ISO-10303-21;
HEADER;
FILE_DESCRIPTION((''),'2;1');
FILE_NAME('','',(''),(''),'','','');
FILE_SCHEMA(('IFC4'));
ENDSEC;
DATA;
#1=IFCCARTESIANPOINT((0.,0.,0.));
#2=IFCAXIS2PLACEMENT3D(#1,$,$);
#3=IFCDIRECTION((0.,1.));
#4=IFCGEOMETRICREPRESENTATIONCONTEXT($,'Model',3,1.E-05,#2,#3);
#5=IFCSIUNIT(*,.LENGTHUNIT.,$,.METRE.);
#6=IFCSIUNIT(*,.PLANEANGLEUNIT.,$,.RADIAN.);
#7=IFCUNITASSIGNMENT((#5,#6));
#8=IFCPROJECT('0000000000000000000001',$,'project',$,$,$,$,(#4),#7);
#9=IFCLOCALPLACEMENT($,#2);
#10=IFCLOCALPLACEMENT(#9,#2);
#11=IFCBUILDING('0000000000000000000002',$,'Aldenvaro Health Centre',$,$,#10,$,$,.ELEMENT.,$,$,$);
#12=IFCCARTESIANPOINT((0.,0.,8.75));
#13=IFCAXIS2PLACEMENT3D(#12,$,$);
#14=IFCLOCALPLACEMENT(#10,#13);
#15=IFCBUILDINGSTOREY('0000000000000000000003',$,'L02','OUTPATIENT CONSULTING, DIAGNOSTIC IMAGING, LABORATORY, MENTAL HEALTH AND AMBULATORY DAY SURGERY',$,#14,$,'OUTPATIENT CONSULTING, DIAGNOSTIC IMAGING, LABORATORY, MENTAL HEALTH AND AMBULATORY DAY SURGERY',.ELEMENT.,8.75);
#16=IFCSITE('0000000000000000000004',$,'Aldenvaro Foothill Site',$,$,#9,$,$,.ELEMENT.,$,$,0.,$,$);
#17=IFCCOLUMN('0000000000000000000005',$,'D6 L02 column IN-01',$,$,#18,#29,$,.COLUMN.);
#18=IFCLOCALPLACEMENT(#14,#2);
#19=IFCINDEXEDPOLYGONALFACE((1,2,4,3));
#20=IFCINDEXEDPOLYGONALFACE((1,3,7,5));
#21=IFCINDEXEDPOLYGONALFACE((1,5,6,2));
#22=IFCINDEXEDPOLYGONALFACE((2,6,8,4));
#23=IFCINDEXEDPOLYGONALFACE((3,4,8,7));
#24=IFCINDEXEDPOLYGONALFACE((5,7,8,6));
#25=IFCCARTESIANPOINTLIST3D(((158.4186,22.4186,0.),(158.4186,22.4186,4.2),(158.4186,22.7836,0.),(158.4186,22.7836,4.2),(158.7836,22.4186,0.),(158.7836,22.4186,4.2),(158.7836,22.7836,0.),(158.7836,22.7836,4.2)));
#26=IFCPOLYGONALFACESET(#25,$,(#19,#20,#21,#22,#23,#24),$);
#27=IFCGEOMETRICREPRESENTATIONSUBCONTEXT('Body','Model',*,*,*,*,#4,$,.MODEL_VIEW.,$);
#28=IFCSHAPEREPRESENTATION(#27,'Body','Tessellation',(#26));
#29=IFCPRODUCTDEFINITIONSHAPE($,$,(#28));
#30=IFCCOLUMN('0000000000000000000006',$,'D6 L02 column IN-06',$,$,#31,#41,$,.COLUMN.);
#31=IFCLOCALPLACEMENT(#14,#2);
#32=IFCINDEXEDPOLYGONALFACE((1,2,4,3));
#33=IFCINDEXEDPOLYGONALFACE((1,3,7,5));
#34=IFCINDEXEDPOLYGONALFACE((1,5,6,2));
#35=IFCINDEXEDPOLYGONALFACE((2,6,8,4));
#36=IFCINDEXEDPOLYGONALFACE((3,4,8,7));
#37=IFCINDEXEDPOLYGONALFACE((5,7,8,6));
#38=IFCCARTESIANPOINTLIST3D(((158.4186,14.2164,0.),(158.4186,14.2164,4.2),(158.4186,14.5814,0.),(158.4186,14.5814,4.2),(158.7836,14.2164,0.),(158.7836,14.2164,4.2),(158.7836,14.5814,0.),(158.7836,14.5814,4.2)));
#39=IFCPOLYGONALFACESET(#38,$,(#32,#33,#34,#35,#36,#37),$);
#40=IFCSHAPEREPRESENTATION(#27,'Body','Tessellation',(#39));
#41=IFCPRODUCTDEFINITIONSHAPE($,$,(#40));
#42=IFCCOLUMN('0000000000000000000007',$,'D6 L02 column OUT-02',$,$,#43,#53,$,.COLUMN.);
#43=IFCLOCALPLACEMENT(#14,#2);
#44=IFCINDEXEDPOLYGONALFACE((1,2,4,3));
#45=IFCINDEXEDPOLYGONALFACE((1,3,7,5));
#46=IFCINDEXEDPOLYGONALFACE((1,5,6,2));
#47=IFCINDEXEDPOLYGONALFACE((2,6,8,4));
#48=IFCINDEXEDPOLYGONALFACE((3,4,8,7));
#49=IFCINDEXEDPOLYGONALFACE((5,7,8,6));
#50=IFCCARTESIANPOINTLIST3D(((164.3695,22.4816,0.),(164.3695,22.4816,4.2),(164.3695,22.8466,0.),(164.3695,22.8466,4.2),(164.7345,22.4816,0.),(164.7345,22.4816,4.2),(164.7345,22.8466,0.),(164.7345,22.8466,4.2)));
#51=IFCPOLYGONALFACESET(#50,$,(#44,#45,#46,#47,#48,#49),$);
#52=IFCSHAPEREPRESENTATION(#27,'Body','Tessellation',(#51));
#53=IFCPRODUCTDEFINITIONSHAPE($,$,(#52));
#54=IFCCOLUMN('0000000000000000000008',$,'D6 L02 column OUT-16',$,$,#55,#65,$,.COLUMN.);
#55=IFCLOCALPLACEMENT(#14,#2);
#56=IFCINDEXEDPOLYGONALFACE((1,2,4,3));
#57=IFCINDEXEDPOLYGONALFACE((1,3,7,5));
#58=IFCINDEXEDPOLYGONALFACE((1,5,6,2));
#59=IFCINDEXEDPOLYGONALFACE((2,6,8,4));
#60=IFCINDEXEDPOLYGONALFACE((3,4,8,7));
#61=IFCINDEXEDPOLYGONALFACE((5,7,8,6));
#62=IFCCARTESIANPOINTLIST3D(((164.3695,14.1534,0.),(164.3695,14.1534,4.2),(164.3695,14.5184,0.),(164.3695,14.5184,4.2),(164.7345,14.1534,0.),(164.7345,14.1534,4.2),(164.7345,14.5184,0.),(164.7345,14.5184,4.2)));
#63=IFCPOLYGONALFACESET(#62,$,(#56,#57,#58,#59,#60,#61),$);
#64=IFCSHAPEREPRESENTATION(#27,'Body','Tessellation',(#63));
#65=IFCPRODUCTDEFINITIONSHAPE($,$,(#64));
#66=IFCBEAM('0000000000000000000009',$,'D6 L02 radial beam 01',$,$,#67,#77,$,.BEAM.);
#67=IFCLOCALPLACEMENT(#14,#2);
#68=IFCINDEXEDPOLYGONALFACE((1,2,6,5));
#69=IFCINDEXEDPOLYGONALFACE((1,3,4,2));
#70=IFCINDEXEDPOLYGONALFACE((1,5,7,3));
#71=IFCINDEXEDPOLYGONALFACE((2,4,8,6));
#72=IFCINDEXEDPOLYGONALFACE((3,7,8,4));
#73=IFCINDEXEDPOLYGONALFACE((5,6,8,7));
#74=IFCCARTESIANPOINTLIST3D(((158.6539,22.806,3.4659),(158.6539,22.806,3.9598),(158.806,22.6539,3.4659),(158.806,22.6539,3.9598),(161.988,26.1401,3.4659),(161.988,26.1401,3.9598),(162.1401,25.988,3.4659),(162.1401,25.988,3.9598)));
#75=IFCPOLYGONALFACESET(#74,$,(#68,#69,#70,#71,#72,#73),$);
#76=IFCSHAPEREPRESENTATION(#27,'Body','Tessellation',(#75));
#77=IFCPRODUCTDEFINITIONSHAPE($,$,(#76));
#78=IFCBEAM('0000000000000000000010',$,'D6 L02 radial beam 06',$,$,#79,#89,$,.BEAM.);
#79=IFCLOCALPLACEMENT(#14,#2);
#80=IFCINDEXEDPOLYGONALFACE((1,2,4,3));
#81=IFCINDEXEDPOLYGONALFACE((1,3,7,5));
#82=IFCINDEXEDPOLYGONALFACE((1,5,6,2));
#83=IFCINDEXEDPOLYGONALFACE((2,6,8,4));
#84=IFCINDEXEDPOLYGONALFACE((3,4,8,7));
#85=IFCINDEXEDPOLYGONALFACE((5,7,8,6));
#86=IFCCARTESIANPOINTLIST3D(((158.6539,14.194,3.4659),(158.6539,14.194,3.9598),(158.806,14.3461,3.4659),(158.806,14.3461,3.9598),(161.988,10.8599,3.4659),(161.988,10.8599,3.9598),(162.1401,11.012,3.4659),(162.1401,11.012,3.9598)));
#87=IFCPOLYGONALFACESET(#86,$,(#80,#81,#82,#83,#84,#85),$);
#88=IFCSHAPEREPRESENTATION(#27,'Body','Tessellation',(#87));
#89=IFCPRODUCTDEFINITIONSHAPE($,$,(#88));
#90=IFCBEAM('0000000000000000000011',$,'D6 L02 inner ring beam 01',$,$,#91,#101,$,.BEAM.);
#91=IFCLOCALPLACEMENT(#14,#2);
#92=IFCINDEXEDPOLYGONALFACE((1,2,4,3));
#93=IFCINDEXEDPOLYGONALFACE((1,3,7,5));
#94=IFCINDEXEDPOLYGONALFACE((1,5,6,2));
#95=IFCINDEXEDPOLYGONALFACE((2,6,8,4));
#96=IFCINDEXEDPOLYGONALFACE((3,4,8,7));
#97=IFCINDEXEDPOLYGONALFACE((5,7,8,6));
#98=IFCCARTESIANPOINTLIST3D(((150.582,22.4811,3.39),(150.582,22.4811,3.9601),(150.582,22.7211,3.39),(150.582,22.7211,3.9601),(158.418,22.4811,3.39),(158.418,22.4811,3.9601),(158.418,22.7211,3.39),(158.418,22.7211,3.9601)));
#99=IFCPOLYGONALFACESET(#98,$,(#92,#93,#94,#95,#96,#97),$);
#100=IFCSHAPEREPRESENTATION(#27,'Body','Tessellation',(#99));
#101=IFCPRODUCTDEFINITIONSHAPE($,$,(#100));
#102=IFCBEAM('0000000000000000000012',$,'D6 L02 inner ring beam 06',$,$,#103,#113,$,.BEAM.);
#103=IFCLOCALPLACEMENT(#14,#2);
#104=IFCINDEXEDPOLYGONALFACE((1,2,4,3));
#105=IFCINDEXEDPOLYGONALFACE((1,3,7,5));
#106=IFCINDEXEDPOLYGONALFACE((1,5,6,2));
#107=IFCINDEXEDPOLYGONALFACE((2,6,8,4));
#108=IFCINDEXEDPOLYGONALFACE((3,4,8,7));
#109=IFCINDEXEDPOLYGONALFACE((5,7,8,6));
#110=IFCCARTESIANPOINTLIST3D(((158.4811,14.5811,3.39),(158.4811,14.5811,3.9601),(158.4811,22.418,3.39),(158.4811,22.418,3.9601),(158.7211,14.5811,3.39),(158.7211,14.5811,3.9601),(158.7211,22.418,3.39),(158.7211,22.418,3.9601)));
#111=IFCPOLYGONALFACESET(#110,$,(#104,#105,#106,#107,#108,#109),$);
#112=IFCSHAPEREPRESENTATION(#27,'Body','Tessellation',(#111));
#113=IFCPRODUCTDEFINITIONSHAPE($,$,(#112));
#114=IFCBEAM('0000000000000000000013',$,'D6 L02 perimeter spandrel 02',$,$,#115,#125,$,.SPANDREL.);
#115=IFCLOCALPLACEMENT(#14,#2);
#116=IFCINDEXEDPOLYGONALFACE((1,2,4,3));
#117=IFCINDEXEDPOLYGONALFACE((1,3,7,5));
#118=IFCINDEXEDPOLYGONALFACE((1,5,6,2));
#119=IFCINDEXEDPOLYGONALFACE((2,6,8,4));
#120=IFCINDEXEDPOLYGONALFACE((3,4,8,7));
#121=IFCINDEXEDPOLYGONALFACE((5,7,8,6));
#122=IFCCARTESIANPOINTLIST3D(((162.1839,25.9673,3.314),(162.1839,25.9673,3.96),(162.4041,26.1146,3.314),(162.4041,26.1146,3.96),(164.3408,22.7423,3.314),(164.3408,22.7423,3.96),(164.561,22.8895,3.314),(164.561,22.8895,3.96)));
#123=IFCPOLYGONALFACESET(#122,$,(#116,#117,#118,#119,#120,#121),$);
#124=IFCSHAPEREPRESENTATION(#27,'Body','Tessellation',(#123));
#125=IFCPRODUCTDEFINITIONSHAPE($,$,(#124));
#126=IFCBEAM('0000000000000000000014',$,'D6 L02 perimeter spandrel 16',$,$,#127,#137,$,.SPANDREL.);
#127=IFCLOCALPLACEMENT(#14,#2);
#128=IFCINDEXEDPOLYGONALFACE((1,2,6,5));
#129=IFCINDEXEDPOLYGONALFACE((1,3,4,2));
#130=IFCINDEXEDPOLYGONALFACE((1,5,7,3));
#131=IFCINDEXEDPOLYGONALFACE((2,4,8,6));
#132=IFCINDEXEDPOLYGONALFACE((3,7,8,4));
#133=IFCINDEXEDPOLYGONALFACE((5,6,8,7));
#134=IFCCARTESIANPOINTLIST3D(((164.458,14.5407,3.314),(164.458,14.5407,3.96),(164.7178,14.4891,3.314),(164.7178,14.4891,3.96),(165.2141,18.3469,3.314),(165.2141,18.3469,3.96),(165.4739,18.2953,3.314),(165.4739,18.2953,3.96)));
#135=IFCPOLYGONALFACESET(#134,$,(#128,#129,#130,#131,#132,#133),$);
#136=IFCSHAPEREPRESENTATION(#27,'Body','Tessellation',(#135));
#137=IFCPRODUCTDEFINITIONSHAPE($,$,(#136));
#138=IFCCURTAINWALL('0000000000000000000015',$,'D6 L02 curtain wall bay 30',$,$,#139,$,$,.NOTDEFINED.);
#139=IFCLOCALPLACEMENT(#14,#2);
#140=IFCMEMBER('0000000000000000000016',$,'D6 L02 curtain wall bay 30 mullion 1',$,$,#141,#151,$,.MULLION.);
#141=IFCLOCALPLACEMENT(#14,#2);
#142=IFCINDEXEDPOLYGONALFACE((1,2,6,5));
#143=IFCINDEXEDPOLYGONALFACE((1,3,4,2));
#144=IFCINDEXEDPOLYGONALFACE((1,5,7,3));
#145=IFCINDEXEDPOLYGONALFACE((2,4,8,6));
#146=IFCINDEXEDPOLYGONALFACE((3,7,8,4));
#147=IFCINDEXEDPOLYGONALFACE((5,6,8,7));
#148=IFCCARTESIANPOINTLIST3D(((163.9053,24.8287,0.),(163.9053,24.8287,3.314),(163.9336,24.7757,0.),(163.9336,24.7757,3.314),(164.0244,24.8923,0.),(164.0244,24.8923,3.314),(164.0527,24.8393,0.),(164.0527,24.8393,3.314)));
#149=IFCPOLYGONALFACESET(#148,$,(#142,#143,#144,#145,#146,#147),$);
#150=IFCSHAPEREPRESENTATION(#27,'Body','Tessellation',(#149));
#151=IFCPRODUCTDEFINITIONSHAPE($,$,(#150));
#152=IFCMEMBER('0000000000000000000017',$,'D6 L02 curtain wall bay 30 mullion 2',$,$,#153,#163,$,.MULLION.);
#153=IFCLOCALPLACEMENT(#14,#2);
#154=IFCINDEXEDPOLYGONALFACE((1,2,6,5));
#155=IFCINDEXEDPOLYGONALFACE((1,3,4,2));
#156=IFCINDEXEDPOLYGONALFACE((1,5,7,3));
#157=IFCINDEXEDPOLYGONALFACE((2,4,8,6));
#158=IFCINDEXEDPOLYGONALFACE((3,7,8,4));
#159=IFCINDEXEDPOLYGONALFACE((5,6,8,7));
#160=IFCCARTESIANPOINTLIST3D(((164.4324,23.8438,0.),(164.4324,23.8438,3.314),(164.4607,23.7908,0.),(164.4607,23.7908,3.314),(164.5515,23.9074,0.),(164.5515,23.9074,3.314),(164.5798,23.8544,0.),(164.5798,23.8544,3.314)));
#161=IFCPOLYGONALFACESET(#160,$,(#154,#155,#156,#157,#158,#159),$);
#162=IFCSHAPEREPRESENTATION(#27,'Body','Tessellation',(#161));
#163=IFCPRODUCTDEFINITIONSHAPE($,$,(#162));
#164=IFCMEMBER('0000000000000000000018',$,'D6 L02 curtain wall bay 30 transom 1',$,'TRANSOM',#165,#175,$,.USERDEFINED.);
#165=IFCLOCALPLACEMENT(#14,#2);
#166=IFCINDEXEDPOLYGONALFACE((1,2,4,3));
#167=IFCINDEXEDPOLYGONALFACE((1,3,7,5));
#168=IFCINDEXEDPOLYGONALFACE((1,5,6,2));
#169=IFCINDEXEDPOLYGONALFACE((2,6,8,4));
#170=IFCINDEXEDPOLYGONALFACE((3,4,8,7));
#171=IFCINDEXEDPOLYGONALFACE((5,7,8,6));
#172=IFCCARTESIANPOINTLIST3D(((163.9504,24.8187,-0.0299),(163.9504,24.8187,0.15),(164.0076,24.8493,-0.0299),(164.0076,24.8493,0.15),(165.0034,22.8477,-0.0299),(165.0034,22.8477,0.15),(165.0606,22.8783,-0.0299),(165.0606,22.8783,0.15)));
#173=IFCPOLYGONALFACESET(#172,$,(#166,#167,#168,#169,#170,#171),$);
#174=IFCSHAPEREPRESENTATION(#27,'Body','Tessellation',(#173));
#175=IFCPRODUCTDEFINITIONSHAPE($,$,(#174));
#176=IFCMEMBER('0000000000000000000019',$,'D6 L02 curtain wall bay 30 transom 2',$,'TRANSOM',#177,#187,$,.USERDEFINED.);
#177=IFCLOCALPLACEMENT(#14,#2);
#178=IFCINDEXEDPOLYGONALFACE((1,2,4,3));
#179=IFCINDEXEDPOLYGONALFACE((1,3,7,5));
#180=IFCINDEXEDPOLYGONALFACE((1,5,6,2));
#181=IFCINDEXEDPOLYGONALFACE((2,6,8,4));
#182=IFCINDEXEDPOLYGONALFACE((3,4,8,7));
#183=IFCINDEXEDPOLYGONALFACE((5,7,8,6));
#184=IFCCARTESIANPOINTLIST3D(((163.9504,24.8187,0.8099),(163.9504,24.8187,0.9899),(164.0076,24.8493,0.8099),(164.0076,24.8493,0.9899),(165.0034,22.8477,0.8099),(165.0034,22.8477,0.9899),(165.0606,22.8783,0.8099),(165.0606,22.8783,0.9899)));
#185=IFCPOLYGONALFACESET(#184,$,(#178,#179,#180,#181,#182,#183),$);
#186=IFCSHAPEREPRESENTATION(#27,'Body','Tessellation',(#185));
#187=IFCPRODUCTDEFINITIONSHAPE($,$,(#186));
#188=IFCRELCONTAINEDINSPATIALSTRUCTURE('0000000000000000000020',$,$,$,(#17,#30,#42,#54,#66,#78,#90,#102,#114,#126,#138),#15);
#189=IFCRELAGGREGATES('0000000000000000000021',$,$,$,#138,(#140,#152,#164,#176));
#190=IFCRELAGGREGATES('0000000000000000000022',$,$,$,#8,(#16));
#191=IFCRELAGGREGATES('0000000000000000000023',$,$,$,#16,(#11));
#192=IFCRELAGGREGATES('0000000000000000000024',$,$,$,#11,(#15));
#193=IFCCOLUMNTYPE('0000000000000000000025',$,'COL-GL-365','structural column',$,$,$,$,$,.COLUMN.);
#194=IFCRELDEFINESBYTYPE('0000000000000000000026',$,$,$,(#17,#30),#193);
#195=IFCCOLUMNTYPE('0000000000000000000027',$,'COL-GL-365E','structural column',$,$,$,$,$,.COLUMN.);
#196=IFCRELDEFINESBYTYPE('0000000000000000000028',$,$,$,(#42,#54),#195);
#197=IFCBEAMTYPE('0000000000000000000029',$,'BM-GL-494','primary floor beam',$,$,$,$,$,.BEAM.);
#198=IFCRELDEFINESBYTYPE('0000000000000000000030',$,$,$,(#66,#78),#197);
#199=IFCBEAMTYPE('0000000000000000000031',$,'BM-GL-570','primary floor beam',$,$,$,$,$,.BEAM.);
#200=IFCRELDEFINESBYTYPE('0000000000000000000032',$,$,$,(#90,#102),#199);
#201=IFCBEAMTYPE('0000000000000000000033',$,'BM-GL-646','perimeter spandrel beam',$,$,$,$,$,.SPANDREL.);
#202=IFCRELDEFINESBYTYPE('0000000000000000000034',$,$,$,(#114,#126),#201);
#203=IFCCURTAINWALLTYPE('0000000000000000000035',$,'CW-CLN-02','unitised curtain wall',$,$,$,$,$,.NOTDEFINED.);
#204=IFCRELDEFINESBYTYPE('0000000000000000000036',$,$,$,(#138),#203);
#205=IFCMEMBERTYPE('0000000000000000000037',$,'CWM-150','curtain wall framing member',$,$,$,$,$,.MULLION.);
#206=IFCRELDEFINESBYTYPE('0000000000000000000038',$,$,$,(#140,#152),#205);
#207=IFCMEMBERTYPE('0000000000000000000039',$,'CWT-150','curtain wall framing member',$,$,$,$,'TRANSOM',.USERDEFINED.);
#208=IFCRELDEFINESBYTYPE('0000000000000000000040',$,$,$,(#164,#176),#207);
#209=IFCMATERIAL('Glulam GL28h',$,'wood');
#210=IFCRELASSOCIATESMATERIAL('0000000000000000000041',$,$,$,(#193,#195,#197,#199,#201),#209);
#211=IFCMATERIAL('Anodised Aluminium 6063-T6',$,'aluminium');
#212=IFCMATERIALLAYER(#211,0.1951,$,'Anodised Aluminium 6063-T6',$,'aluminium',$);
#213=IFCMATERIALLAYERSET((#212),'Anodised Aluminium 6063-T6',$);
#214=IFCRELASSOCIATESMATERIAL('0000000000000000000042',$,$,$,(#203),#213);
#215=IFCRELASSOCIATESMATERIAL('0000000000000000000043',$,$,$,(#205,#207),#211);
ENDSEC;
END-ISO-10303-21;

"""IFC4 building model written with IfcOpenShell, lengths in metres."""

from ifc_helpers import new_model, si_unit, direction, frame, origin, origin_2d, place, context, subcontext, project, spatial, rectangle, extrude, material, layer, layer_set, material_profile, profile_set, type_object, element, aggregate, save


model = new_model("IFC4")

# Units and contexts
model_context = context("Model", 3, precision=1e-05, world=origin(), true_north=direction((0.0, 1.0)))
body_context = subcontext(model_context, "Body", "Model", "MODEL_VIEW")
ifc_project = project(units=[si_unit("LENGTHUNIT", "METRE"), si_unit("PLANEANGLEUNIT", "RADIAN")], contexts=[model_context])

# Site, building, storey
site_placement = place(None, origin())
site = spatial("IfcSite", under=ifc_project, at=site_placement, Name="Aldenvaro Foothill Site", CompositionType="ELEMENT", RefElevation=0.0)
building_placement = place(site_placement, origin())
building = spatial("IfcBuilding", under=site, at=building_placement, Name="Aldenvaro Health Centre", CompositionType="ELEMENT")
storey_placement = place(building_placement, frame((0.0, 0.0, 8.75)))
storey = spatial("IfcBuildingStorey", under=building, at=storey_placement, Name="L02", Description="OUTPATIENT CONSULTING, DIAGNOSTIC IMAGING, LABORATORY, MENTAL HEALTH AND AMBULATORY DAY SURGERY", LongName="OUTPATIENT CONSULTING, DIAGNOSTIC IMAGING, LABORATORY, MENTAL HEALTH AND AMBULATORY DAY SURGERY", CompositionType="ELEMENT", Elevation=8.75)

# Columns
ifc_material_1 = material(Name="Glulam GL28h", Category="wood")
ifc_material_profile_1 = material_profile(ifc_material_1, rectangle(XDim=0.365, YDim=0.365, at=origin_2d()), Name="GL 365x365", Category="wood")
ifc_profile_set_1 = profile_set([ifc_material_profile_1], Name="Glulam GL28h")
column_type_1 = type_object("IfcColumnType", Name="COL-GL-365", Description="structural column", PredefinedType="COLUMN", material=ifc_profile_set_1)
for number, where, z_axis, x_axis, name in (
    (1, (158.6011, 22.6011, 0.0), (0.0, 0.0, 1.0), (1.0, 0.0, 0.0), "D6 L02 column IN-01"),
    (2, (158.6011, 14.3989, 0.0), (0.0, 0.0, 1.0), (1.0, 0.0, 0.0), "D6 L02 column IN-06"),
):
    element("IfcColumn", number, at=place(storey_placement, frame(where, z_axis=z_axis, x_axis=x_axis)), inside=storey, type_object=column_type_1, Name=name, PredefinedType="COLUMN", context=body_context, shape_type="SweptSolid", body=[
        extrude(rectangle(XDim=0.365, YDim=0.365, at=origin_2d()), origin(), (0.0, 0.0, 1.0), 4.2),
    ])
ifc_material_profile_2 = material_profile(ifc_material_1, rectangle(XDim=0.365, YDim=0.365, at=origin_2d()), Name="GL 365x365", Category="wood")
ifc_profile_set_2 = profile_set([ifc_material_profile_2], Name="Glulam GL28h")
column_type_2 = type_object("IfcColumnType", Name="COL-GL-365E", Description="structural column", PredefinedType="COLUMN", material=ifc_profile_set_2)
for number, where, z_axis, x_axis, name in (
    (3, (164.552, 22.6641, 0.0), (0.0, 0.0, 1.0), (1.0, 0.0, 0.0), "D6 L02 column OUT-02"),
    (4, (164.552, 14.3359, 0.0), (0.0, 0.0, 1.0), (1.0, 0.0, 0.0), "D6 L02 column OUT-16"),
):
    element("IfcColumn", number, at=place(storey_placement, frame(where, z_axis=z_axis, x_axis=x_axis)), inside=storey, type_object=column_type_2, Name=name, PredefinedType="COLUMN", context=body_context, shape_type="SweptSolid", body=[
        extrude(rectangle(XDim=0.365, YDim=0.365, at=origin_2d()), origin(), (0.0, 0.0, 1.0), 4.2),
    ])

# Beams
ifc_material_profile_3 = material_profile(ifc_material_1, rectangle(XDim=0.2151, YDim=0.4939, at=origin_2d()), Name="GL 215x494", Category="wood")
ifc_profile_set_3 = profile_set([ifc_material_profile_3], Name="Glulam GL28h")
beam_type_1 = type_object("IfcBeamType", Name="BM-GL-494", Description="primary floor beam", PredefinedType="BEAM", material=ifc_profile_set_3)
for number, where, z_axis, x_axis, name in (
    (5, (158.73, 22.73, 3.7129), (0.707107, 0.707107, 0.0), (-0.707107, 0.707107, 0.0), "D6 L02 radial beam 01"),
    (6, (158.73, 14.27, 3.7129), (0.707107, -0.707107, 0.0), (0.707107, 0.707107, 0.0), "D6 L02 radial beam 06"),
):
    element("IfcBeam", number, at=place(storey_placement, frame(where, z_axis=z_axis, x_axis=x_axis)), inside=storey, type_object=beam_type_1, Name=name, PredefinedType="BEAM", context=body_context, shape_type="SweptSolid", body=[
        extrude(rectangle(XDim=0.2151, YDim=0.4939, at=origin_2d()), origin(), (0.0, 0.0, 1.0), 4.7151),
    ])
ifc_material_profile_4 = material_profile(ifc_material_1, rectangle(XDim=0.24, YDim=0.5701, at=origin_2d()), Name="GL 240x570", Category="wood")
ifc_profile_set_4 = profile_set([ifc_material_profile_4], Name="Glulam GL28h")
beam_type_2 = type_object("IfcBeamType", Name="BM-GL-570", Description="primary floor beam", PredefinedType="BEAM", material=ifc_profile_set_4)
beam_1_placement = place(storey_placement, frame((158.418, 22.6011, 3.675), z_axis=(-1.0, 0.0, 0.0), x_axis=(0.0, -1.0, 0.0)))
element("IfcBeam", 7, at=beam_1_placement, inside=storey, type_object=beam_type_2, Name="D6 L02 inner ring beam 01", PredefinedType="BEAM", context=body_context, shape_type="SweptSolid", body=[
    extrude(rectangle(XDim=0.24, YDim=0.5701, at=origin_2d()), origin(), (0.0, 0.0, 1.0), 7.8359),
])
beam_2_placement = place(storey_placement, frame((158.6011, 14.5811, 3.675), z_axis=(0.0, 1.0, 0.0), x_axis=(-1.0, 0.0, 0.0)))
element("IfcBeam", 8, at=beam_2_placement, inside=storey, type_object=beam_type_2, Name="D6 L02 inner ring beam 06", PredefinedType="BEAM", context=body_context, shape_type="SweptSolid", body=[
    extrude(rectangle(XDim=0.24, YDim=0.5701, at=origin_2d()), origin(), (0.0, 0.0, 1.0), 7.8369),
])
ifc_material_profile_5 = material_profile(ifc_material_1, rectangle(XDim=0.2649, YDim=0.646, at=origin_2d()), Name="GL 265x646", Category="wood")
ifc_profile_set_5 = profile_set([ifc_material_profile_5], Name="Glulam GL28h")
beam_type_3 = type_object("IfcBeamType", Name="BM-GL-646", Description="perimeter spandrel beam", PredefinedType="SPANDREL", material=ifc_profile_set_5)
beam_3_placement = place(storey_placement, frame((164.4509, 22.8159, 3.637), z_axis=(-0.555934, 0.831227, 0.0), x_axis=(-0.831227, -0.555934, 0.0)))
element("IfcBeam", 9, at=beam_3_placement, inside=storey, type_object=beam_type_3, Name="D6 L02 perimeter spandrel 02", PredefinedType="SPANDREL", context=body_context, shape_type="SweptSolid", body=[
    extrude(rectangle(XDim=0.2649, YDim=0.646, at=origin_2d()), origin(), (0.0, 0.0, 1.0), 3.8799),
])
beam_4_placement = place(storey_placement, frame((164.5879, 14.5149, 3.637), z_axis=(0.194846, 0.980834, 0.0), x_axis=(-0.980834, 0.194846, 0.0)))
element("IfcBeam", 10, at=beam_4_placement, inside=storey, type_object=beam_type_3, Name="D6 L02 perimeter spandrel 16", PredefinedType="SPANDREL", context=body_context, shape_type="SweptSolid", body=[
    extrude(rectangle(XDim=0.2649, YDim=0.646, at=origin_2d()), origin(), (0.0, 0.0, 1.0), 3.8806),
])

# Curtain wall, members
ifc_material_2 = material(Name="Anodised Aluminium 6063-T6", Category="aluminium")
ifc_layer_1 = layer(ifc_material_2, 0.1951, Name="Anodised Aluminium 6063-T6", Category="aluminium")
ifc_layer_set_1 = layer_set([ifc_layer_1], Name="Anodised Aluminium 6063-T6")
curtain_wall_type = type_object("IfcCurtainWallType", Name="CW-CLN-02", Description="unitised curtain wall", PredefinedType="NOTDEFINED", material=ifc_layer_set_1)
curtain_wall_placement = place(storey_placement, origin())
curtain_wall = element("IfcCurtainWall", 11, at=curtain_wall_placement, inside=storey, type_object=curtain_wall_type, Name="D6 L02 curtain wall bay 30", PredefinedType="NOTDEFINED")
ifc_material_profile_6 = material_profile(ifc_material_2, rectangle(XDim=0.0601, YDim=0.135, at=origin_2d()), Name="ALU 60x135", Category="aluminium")
ifc_profile_set_6 = profile_set([ifc_material_profile_6], Name="Anodised Aluminium 6063-T6")
member_type_1 = type_object("IfcMemberType", Name="CWM-150", Description="curtain wall framing member", PredefinedType="MULLION", material=ifc_profile_set_6)
member_1_placement = place(storey_placement, frame((163.979, 24.834, 0.0), z_axis=(0.0, 0.0, 1.0), x_axis=(0.471215, -0.882018, 0.0)))
member_1 = element("IfcMember", 12, at=member_1_placement, type_object=member_type_1, Name="D6 L02 curtain wall bay 30 mullion 1", PredefinedType="MULLION", context=body_context, shape_type="SweptSolid", body=[
    extrude(rectangle(XDim=0.0601, YDim=0.135, at=origin_2d()), origin(), (0.0, 0.0, 1.0), 3.314),
])
member_2_placement = place(storey_placement, frame((164.5061, 23.8491, 0.0), z_axis=(0.0, 0.0, 1.0), x_axis=(0.471215, -0.882018, 0.0)))
member_2 = element("IfcMember", 13, at=member_2_placement, type_object=member_type_1, Name="D6 L02 curtain wall bay 30 mullion 2", PredefinedType="MULLION", context=body_context, shape_type="SweptSolid", body=[
    extrude(rectangle(XDim=0.0601, YDim=0.135, at=origin_2d()), origin(), (0.0, 0.0, 1.0), 3.314),
])
ifc_material_profile_7 = material_profile(ifc_material_2, rectangle(XDim=0.0649, YDim=0.1799, at=origin_2d()), Name="ALU 65x180", Category="aluminium")
ifc_profile_set_7 = profile_set([ifc_material_profile_7], Name="Anodised Aluminium 6063-T6")
member_type_2 = type_object("IfcMemberType", Name="CWT-150", Description="curtain wall framing member", ElementType="TRANSOM", PredefinedType="USERDEFINED", material=ifc_profile_set_7)
member_3_placement = place(storey_placement, frame((163.979, 24.834, 0.0601), z_axis=(0.471218, -0.882017, 0.0), x_axis=(0.882017, 0.471218, 0.0)))
member_3 = element("IfcMember", 14, at=member_3_placement, type_object=member_type_2, Name="D6 L02 curtain wall bay 30 transom 1", ObjectType="TRANSOM", PredefinedType="USERDEFINED", context=body_context, shape_type="SweptSolid", body=[
    extrude(rectangle(XDim=0.0649, YDim=0.1799, at=origin_2d()), origin(), (0.0, 0.0, 1.0), 2.2346),
])
member_4_placement = place(storey_placement, frame((163.979, 24.834, 0.8999), z_axis=(0.471218, -0.882017, 0.0), x_axis=(0.882017, 0.471218, 0.0)))
member_4 = element("IfcMember", 15, at=member_4_placement, type_object=member_type_2, Name="D6 L02 curtain wall bay 30 transom 2", ObjectType="TRANSOM", PredefinedType="USERDEFINED", context=body_context, shape_type="SweptSolid", body=[
    extrude(rectangle(XDim=0.0649, YDim=0.1799, at=origin_2d()), origin(), (0.0, 0.0, 1.0), 2.2346),
])
aggregate(curtain_wall, [member_1, member_2, member_3, member_4])

save(model, "model.ifc")
